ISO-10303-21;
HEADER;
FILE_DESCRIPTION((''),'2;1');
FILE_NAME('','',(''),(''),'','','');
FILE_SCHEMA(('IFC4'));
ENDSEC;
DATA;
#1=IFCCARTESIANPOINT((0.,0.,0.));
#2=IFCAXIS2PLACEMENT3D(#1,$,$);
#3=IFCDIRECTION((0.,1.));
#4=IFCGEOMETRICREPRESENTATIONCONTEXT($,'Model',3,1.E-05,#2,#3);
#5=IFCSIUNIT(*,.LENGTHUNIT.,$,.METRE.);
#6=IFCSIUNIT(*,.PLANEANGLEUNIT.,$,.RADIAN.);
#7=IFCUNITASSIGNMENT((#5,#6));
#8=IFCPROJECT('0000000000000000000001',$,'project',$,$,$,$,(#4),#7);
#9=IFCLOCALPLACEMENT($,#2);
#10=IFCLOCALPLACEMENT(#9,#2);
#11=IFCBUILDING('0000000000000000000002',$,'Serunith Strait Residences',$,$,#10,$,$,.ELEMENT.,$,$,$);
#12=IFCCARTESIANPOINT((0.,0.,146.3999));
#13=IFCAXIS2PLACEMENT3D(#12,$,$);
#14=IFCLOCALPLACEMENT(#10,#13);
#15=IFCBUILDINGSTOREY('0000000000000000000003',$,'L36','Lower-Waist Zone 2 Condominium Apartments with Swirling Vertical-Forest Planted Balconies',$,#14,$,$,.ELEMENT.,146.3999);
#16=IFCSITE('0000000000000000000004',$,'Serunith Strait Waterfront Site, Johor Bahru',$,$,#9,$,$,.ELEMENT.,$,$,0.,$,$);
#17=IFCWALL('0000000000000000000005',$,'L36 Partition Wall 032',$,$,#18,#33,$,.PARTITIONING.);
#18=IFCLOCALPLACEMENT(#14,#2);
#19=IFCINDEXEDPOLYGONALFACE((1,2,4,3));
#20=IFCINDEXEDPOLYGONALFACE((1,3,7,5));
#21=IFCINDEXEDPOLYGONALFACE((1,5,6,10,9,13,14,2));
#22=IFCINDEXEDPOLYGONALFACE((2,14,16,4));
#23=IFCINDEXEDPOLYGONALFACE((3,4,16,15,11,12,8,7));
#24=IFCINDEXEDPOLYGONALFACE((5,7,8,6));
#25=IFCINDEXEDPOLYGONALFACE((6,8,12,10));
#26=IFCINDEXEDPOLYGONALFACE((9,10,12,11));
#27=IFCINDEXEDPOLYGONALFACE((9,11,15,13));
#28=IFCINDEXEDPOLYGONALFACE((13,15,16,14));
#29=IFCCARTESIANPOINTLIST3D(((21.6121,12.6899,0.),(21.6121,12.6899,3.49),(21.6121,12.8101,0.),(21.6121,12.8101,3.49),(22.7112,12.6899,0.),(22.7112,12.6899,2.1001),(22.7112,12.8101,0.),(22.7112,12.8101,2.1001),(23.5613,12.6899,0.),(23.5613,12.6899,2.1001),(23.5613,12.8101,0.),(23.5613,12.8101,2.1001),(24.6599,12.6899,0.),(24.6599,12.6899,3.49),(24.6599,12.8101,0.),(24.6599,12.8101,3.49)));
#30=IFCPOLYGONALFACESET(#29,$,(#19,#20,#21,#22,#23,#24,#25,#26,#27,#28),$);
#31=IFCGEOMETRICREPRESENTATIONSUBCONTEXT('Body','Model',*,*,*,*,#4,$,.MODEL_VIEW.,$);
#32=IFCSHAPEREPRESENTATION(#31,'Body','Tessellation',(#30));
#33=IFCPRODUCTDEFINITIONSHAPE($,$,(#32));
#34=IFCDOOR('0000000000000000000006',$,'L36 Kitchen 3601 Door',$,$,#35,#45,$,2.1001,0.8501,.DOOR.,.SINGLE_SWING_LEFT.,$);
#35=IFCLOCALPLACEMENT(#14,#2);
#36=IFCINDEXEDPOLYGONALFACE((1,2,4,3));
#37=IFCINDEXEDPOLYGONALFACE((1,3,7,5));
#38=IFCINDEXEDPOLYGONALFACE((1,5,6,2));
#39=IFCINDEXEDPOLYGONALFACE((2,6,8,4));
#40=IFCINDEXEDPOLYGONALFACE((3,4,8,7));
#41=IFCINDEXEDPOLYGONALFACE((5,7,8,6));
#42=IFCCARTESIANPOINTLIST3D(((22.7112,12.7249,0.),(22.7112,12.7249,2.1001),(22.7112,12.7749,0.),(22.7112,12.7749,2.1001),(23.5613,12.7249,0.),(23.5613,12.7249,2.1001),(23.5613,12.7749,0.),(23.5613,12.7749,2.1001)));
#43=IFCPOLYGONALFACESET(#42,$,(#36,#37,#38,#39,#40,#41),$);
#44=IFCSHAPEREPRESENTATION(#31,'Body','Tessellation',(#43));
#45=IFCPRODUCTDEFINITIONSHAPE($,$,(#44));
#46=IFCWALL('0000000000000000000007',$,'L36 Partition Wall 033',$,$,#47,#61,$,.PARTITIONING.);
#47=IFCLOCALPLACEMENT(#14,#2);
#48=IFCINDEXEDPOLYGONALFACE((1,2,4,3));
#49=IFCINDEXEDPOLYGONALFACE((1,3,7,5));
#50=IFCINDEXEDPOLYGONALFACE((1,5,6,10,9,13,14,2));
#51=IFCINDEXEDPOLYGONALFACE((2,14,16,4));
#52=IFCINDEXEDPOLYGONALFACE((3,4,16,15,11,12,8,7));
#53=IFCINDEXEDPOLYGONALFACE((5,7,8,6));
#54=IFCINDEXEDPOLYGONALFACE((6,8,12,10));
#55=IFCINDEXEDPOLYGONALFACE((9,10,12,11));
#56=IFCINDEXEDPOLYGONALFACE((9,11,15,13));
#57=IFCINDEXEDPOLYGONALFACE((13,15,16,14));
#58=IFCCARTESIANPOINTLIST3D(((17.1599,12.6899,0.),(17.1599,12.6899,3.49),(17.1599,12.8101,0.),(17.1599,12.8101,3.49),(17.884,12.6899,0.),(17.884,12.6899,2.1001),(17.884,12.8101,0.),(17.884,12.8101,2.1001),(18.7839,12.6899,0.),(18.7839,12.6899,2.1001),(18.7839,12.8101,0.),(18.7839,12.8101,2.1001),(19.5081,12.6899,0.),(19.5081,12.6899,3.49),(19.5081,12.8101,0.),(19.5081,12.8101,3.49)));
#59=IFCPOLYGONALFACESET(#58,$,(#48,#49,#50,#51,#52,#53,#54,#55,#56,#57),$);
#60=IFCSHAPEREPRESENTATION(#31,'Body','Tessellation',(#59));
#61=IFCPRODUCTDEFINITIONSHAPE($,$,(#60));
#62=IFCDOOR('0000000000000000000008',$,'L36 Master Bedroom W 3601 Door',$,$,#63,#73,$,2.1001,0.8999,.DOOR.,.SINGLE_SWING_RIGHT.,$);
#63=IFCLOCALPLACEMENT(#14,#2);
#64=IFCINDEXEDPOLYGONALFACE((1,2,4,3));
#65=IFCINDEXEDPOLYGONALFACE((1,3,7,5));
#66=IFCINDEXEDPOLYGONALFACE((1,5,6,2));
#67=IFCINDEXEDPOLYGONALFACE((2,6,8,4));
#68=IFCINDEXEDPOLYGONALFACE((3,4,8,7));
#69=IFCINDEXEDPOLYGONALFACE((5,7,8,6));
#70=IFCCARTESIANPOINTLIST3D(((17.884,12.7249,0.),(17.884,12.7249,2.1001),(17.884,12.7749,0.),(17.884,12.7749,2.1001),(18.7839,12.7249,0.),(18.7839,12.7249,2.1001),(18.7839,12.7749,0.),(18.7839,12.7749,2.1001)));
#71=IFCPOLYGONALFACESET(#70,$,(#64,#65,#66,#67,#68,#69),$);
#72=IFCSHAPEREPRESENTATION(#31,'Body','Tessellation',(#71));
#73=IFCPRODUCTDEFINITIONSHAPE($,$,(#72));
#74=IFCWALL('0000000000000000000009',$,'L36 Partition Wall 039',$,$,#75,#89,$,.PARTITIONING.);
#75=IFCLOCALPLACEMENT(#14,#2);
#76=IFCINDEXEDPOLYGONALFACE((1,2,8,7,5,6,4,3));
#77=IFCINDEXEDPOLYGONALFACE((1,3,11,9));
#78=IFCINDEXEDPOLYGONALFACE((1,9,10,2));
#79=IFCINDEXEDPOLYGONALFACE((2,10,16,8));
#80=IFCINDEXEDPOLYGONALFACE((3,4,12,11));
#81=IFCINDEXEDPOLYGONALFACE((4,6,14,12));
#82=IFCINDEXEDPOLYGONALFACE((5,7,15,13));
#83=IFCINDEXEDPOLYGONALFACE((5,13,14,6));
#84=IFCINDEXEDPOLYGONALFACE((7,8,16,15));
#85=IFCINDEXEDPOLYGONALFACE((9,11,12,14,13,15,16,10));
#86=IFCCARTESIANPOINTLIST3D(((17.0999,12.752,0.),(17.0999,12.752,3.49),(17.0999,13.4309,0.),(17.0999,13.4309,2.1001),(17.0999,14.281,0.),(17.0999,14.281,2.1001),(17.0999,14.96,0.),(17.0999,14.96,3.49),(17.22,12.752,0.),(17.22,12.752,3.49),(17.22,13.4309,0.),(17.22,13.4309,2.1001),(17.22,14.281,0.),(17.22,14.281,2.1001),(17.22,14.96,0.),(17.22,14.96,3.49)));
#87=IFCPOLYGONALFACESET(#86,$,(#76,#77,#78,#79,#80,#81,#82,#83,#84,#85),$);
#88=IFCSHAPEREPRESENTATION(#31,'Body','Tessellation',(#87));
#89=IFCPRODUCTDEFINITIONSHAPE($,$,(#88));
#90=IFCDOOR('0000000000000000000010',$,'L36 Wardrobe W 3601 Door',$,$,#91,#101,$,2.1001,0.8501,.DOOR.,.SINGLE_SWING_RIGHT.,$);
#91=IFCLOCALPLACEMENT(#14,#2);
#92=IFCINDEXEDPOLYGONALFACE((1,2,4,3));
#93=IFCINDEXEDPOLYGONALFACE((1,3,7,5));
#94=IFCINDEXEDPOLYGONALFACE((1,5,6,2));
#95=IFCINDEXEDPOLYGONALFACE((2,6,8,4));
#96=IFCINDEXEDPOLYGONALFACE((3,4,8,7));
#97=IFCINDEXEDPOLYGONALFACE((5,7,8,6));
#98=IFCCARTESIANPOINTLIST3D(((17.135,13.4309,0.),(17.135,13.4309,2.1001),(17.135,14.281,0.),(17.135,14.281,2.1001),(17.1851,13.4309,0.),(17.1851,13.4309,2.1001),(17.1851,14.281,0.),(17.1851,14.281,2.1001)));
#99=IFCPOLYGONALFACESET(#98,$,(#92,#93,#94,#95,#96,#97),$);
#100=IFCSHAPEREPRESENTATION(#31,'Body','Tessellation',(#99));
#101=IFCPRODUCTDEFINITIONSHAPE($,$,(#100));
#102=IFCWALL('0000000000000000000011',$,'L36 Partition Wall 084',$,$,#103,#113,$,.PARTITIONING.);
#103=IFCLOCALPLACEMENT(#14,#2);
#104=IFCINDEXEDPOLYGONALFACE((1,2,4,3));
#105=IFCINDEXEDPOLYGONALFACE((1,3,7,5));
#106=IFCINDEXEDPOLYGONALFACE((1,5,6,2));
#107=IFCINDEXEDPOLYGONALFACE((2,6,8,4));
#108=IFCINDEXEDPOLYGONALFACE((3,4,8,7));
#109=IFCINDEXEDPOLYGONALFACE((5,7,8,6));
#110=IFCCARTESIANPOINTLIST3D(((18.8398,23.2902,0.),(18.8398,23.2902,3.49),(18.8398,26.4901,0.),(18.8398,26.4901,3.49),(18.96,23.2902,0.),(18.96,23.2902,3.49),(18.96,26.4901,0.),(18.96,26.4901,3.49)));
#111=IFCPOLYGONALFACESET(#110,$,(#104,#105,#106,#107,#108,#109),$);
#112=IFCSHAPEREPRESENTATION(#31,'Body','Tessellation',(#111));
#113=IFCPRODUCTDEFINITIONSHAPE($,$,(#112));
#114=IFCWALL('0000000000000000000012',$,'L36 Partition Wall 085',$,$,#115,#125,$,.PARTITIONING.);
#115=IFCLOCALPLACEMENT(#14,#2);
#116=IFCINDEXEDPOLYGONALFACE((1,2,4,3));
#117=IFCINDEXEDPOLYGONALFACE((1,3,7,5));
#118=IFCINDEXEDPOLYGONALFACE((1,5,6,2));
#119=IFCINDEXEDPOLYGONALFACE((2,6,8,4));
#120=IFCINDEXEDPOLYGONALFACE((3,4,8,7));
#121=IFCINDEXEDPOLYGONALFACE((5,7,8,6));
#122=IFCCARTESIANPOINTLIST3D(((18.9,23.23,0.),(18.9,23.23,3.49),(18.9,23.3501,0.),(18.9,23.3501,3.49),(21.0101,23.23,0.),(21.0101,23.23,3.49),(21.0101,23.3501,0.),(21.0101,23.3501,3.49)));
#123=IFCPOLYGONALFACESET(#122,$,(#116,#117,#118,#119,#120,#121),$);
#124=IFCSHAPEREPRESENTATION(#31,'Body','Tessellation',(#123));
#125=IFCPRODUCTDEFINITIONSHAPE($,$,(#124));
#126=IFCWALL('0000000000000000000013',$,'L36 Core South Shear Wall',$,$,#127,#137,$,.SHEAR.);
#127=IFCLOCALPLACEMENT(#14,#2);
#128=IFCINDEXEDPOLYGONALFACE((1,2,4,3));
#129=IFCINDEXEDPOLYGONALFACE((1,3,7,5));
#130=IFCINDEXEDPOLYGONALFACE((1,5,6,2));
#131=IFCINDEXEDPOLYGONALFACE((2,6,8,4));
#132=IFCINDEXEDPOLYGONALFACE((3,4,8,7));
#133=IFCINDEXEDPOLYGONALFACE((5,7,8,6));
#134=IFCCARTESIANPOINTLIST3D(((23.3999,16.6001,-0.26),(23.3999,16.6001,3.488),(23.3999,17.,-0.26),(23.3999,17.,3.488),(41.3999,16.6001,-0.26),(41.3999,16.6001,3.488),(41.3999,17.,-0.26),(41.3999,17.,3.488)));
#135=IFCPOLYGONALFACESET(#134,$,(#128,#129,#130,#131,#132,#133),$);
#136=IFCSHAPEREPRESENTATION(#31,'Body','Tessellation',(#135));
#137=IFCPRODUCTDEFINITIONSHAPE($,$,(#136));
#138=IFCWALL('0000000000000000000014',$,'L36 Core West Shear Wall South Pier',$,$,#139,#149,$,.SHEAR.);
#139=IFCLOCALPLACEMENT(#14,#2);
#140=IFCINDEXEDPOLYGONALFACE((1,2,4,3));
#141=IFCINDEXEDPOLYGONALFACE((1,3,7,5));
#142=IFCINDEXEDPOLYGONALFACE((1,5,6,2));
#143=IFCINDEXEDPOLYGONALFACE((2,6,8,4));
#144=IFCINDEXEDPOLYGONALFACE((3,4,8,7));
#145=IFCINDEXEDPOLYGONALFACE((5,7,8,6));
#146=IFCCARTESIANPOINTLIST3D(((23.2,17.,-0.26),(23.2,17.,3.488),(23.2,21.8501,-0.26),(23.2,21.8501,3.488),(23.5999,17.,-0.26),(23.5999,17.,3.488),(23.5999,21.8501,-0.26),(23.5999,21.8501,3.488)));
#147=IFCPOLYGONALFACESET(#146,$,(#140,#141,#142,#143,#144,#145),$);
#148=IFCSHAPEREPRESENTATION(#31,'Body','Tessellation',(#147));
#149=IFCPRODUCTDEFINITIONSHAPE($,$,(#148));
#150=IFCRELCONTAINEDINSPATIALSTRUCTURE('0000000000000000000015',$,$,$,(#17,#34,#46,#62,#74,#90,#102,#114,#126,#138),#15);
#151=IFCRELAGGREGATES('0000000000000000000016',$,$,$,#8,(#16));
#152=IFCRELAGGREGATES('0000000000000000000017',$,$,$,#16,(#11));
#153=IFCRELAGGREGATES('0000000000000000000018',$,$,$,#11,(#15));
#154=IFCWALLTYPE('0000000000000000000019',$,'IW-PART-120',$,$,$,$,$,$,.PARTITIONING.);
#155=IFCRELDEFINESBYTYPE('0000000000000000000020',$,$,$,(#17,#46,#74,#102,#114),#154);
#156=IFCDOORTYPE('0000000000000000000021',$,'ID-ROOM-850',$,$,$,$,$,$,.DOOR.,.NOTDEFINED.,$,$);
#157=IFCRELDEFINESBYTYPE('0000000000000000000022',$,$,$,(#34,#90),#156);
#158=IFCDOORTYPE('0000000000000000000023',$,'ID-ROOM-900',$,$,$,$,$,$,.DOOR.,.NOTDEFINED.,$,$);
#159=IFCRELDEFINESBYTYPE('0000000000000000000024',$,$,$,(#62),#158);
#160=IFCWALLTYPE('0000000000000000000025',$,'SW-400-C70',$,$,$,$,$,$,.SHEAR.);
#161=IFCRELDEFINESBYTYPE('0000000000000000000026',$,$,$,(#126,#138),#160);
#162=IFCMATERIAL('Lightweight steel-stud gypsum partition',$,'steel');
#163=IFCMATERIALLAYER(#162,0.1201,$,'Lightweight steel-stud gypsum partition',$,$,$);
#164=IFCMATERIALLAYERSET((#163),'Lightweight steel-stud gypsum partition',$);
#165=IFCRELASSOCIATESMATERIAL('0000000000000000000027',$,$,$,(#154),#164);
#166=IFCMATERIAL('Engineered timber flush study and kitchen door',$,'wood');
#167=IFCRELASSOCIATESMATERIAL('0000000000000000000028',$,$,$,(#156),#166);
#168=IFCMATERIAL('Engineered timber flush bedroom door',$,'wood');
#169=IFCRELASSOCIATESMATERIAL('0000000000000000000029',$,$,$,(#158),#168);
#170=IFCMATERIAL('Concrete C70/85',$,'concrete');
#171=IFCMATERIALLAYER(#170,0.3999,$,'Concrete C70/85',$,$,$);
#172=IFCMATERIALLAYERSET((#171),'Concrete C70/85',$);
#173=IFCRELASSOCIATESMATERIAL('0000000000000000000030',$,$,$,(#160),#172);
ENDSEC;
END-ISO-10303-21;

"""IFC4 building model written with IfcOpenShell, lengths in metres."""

from ifc_helpers import new_model, si_unit, direction, frame, frame_2d, origin, place, context, subcontext, project, spatial, rectangle, extrude, source, transform, mapped, material, layer, layer_set, type_object, element, fill, save


model = new_model("IFC4")

# Units and contexts
model_context = context("Model", 3, precision=1e-05, world=origin(), true_north=direction((0.0, 1.0)))
body_context = subcontext(model_context, "Body", "Model", "MODEL_VIEW")
ifc_project = project(units=[si_unit("LENGTHUNIT", "METRE"), si_unit("PLANEANGLEUNIT", "RADIAN")], contexts=[model_context])

# Site, building, storey
site_placement = place(None, origin())
site = spatial("IfcSite", under=ifc_project, at=site_placement, Name="Serunith Strait Waterfront Site, Johor Bahru", CompositionType="ELEMENT", RefElevation=0.0)
building_placement = place(site_placement, origin())
building = spatial("IfcBuilding", under=site, at=building_placement, Name="Serunith Strait Residences", CompositionType="ELEMENT")
storey_placement = place(building_placement, frame((0.0, 0.0, 146.3999)))
storey = spatial("IfcBuildingStorey", under=building, at=storey_placement, Name="L36", Description="Lower-Waist Zone 2 Condominium Apartments with Swirling Vertical-Forest Planted Balconies", CompositionType="ELEMENT", Elevation=146.3999)

# Walls, openings, doors
ifc_material_1 = material(Name="Lightweight steel-stud gypsum partition", Category="steel")
ifc_layer_1 = layer(ifc_material_1, 0.1201, Name="Lightweight steel-stud gypsum partition")
ifc_layer_set_1 = layer_set([ifc_layer_1], Name="Lightweight steel-stud gypsum partition")
wall_type_1 = type_object("IfcWallType", Name="IW-PART-120", PredefinedType="PARTITIONING", material=ifc_layer_set_1)
shared_shape_1 = source(origin(), body_context, "Body", "SweptSolid", [
    extrude(rectangle(XDim=0.8501, YDim=2.1001, at=frame_2d((0.425, 1.05))), frame((0.0, 0.0249, 0.0), z_axis=(0.0, -1.0, 0.0), x_axis=(1.0, 0.0, 0.0)), (0.0, 0.0, 1.0), 0.05),
])
wall_1_placement = place(storey_placement, frame((21.6121, 12.75, 0.0), z_axis=(0.0, 0.0, 1.0), x_axis=(1.0, 0.0, 0.0)))
wall_1 = element("IfcWall", 1, at=wall_1_placement, inside=storey, type_object=wall_type_1, Name="L36 Partition Wall 032", PredefinedType="PARTITIONING", context=body_context, shape_type="SweptSolid", body=[
    extrude(rectangle(XDim=3.0479, YDim=0.1201, at=frame_2d((1.5239, 0.0))), origin(), (0.0, 0.0, 1.0), 3.49),
])
opening_1_placement = place(wall_1_placement, frame((1.0991, 0.0, 0.0)))
opening_1 = element("IfcOpeningElement", 2, at=opening_1_placement, cuts=wall_1, PredefinedType="OPENING", context=body_context, shape_type="SweptSolid", body=[
    extrude(rectangle(XDim=0.8501, YDim=2.1001, at=frame_2d((0.425, 1.05))), frame((0.0, 0.0701, 0.0), z_axis=(0.0, -1.0, 0.0), x_axis=(1.0, 0.0, 0.0)), (0.0, 0.0, 1.0), 0.1401),
])
ifc_material_2 = material(Name="Engineered timber flush study and kitchen door", Category="wood")
door_type_1 = type_object("IfcDoorType", Name="ID-ROOM-850", OperationType="NOTDEFINED", PredefinedType="DOOR", material=ifc_material_2)
door_1_placement = place(opening_1_placement, origin())
door_1 = element("IfcDoor", 3, at=door_1_placement, inside=storey, type_object=door_type_1, Name="L36 Kitchen 3601 Door", OperationType="SINGLE_SWING_LEFT", OverallHeight=2.1001, OverallWidth=0.8501, PredefinedType="DOOR", context=body_context, shape_type="MappedRepresentation", body=[
    mapped(shared_shape_1, transform((0.0, 0.0, 0.0), scale=1.0)),
])
fill(opening_1, door_1)
wall_2_placement = place(storey_placement, frame((17.1599, 12.75, 0.0), z_axis=(0.0, 0.0, 1.0), x_axis=(1.0, 0.0, 0.0)))
wall_2 = element("IfcWall", 4, at=wall_2_placement, inside=storey, type_object=wall_type_1, Name="L36 Partition Wall 033", PredefinedType="PARTITIONING", context=body_context, shape_type="SweptSolid", body=[
    extrude(rectangle(XDim=2.3481, YDim=0.1201, at=frame_2d((1.1741, 0.0))), origin(), (0.0, 0.0, 1.0), 3.49),
])
opening_2_placement = place(wall_2_placement, frame((0.7241, 0.0, 0.0)))
opening_2 = element("IfcOpeningElement", 5, at=opening_2_placement, cuts=wall_2, PredefinedType="OPENING", context=body_context, shape_type="SweptSolid", body=[
    extrude(rectangle(XDim=0.8999, YDim=2.1001, at=frame_2d((0.45, 1.05))), frame((0.0, 0.0701, 0.0), z_axis=(0.0, -1.0, 0.0), x_axis=(1.0, 0.0, 0.0)), (0.0, 0.0, 1.0), 0.1401),
])
ifc_material_3 = material(Name="Engineered timber flush bedroom door", Category="wood")
door_type_2 = type_object("IfcDoorType", Name="ID-ROOM-900", OperationType="NOTDEFINED", PredefinedType="DOOR", material=ifc_material_3)
shared_shape_2 = source(origin(), body_context, "Body", "SweptSolid", [
    extrude(rectangle(XDim=0.8999, YDim=2.1001, at=frame_2d((0.45, 1.05))), frame((0.0, 0.0249, 0.0), z_axis=(0.0, -1.0, 0.0), x_axis=(1.0, 0.0, 0.0)), (0.0, 0.0, 1.0), 0.05),
])
door_2_placement = place(opening_2_placement, origin())
door_2 = element("IfcDoor", 6, at=door_2_placement, inside=storey, type_object=door_type_2, Name="L36 Master Bedroom W 3601 Door", OperationType="SINGLE_SWING_RIGHT", OverallHeight=2.1001, OverallWidth=0.8999, PredefinedType="DOOR", context=body_context, shape_type="MappedRepresentation", body=[
    mapped(shared_shape_2, transform((0.0, 0.0, 0.0), scale=1.0)),
])
fill(opening_2, door_2)
wall_3_placement = place(storey_placement, frame((17.1599, 12.752, 0.0), z_axis=(0.0, 0.0, 1.0), x_axis=(0.0, 1.0, 0.0)))
wall_3 = element("IfcWall", 7, at=wall_3_placement, inside=storey, type_object=wall_type_1, Name="L36 Partition Wall 039", PredefinedType="PARTITIONING", context=body_context, shape_type="SweptSolid", body=[
    extrude(rectangle(XDim=2.208, YDim=0.1201, at=frame_2d((1.104, 0.0))), origin(), (0.0, 0.0, 1.0), 3.49),
])
opening_3_placement = place(wall_3_placement, frame((0.679, 0.0, 0.0)))
opening_3 = element("IfcOpeningElement", 8, at=opening_3_placement, cuts=wall_3, PredefinedType="OPENING", context=body_context, shape_type="SweptSolid", body=[
    extrude(rectangle(XDim=0.8501, YDim=2.1001, at=frame_2d((0.425, 1.05))), frame((0.0, 0.0701, 0.0), z_axis=(0.0, -1.0, 0.0), x_axis=(1.0, 0.0, 0.0)), (0.0, 0.0, 1.0), 0.1401),
])
door_3_placement = place(opening_3_placement, origin())
door_3 = element("IfcDoor", 9, at=door_3_placement, inside=storey, type_object=door_type_1, Name="L36 Wardrobe W 3601 Door", OperationType="SINGLE_SWING_RIGHT", OverallHeight=2.1001, OverallWidth=0.8501, PredefinedType="DOOR", context=body_context, shape_type="MappedRepresentation", body=[
    mapped(shared_shape_1, transform((0.0, 0.0, 0.0), scale=1.0)),
])
fill(opening_3, door_3)

# Walls
wall_4_placement = place(storey_placement, frame((18.8999, 23.29, 0.0), z_axis=(0.0, 0.0, 1.0), x_axis=(0.0, 1.0, 0.0)))
element("IfcWall", 10, at=wall_4_placement, inside=storey, type_object=wall_type_1, Name="L36 Partition Wall 084", PredefinedType="PARTITIONING", context=body_context, shape_type="SweptSolid", body=[
    extrude(rectangle(XDim=3.2, YDim=0.1201, at=frame_2d((1.6001, 0.0))), origin(), (0.0, 0.0, 1.0), 3.49),
])
wall_5_placement = place(storey_placement, frame((18.8999, 23.29, 0.0), z_axis=(0.0, 0.0, 1.0), x_axis=(1.0, 0.0, 0.0)))
element("IfcWall", 11, at=wall_5_placement, inside=storey, type_object=wall_type_1, Name="L36 Partition Wall 085", PredefinedType="PARTITIONING", context=body_context, shape_type="SweptSolid", body=[
    extrude(rectangle(XDim=2.1101, YDim=0.1201, at=frame_2d((1.0552, 0.0))), origin(), (0.0, 0.0, 1.0), 3.49),
])
ifc_material_4 = material(Name="Concrete C70/85", Category="concrete")
ifc_layer_2 = layer(ifc_material_4, 0.3999, Name="Concrete C70/85")
ifc_layer_set_2 = layer_set([ifc_layer_2], Name="Concrete C70/85")
wall_type_2 = type_object("IfcWallType", Name="SW-400-C70", PredefinedType="SHEAR", material=ifc_layer_set_2)
wall_6_placement = place(storey_placement, frame((23.3999, 16.8, -0.26), z_axis=(0.0, 0.0, 1.0), x_axis=(1.0, 0.0, 0.0)))
element("IfcWall", 12, at=wall_6_placement, inside=storey, type_object=wall_type_2, Name="L36 Core South Shear Wall", PredefinedType="SHEAR", context=body_context, shape_type="SweptSolid", body=[
    extrude(rectangle(XDim=18.0, YDim=0.3999, at=frame_2d((9.0, 0.0))), origin(), (0.0, 0.0, 1.0), 3.748),
])
wall_7_placement = place(storey_placement, frame((23.3999, 17.0, -0.26), z_axis=(0.0, 0.0, 1.0), x_axis=(0.0, 1.0, 0.0)))
element("IfcWall", 13, at=wall_7_placement, inside=storey, type_object=wall_type_2, Name="L36 Core West Shear Wall South Pier", PredefinedType="SHEAR", context=body_context, shape_type="SweptSolid", body=[
    extrude(rectangle(XDim=4.8501, YDim=0.3999, at=frame_2d((2.425, 0.0))), origin(), (0.0, 0.0, 1.0), 3.748),
])

save(model, "model.ifc")
